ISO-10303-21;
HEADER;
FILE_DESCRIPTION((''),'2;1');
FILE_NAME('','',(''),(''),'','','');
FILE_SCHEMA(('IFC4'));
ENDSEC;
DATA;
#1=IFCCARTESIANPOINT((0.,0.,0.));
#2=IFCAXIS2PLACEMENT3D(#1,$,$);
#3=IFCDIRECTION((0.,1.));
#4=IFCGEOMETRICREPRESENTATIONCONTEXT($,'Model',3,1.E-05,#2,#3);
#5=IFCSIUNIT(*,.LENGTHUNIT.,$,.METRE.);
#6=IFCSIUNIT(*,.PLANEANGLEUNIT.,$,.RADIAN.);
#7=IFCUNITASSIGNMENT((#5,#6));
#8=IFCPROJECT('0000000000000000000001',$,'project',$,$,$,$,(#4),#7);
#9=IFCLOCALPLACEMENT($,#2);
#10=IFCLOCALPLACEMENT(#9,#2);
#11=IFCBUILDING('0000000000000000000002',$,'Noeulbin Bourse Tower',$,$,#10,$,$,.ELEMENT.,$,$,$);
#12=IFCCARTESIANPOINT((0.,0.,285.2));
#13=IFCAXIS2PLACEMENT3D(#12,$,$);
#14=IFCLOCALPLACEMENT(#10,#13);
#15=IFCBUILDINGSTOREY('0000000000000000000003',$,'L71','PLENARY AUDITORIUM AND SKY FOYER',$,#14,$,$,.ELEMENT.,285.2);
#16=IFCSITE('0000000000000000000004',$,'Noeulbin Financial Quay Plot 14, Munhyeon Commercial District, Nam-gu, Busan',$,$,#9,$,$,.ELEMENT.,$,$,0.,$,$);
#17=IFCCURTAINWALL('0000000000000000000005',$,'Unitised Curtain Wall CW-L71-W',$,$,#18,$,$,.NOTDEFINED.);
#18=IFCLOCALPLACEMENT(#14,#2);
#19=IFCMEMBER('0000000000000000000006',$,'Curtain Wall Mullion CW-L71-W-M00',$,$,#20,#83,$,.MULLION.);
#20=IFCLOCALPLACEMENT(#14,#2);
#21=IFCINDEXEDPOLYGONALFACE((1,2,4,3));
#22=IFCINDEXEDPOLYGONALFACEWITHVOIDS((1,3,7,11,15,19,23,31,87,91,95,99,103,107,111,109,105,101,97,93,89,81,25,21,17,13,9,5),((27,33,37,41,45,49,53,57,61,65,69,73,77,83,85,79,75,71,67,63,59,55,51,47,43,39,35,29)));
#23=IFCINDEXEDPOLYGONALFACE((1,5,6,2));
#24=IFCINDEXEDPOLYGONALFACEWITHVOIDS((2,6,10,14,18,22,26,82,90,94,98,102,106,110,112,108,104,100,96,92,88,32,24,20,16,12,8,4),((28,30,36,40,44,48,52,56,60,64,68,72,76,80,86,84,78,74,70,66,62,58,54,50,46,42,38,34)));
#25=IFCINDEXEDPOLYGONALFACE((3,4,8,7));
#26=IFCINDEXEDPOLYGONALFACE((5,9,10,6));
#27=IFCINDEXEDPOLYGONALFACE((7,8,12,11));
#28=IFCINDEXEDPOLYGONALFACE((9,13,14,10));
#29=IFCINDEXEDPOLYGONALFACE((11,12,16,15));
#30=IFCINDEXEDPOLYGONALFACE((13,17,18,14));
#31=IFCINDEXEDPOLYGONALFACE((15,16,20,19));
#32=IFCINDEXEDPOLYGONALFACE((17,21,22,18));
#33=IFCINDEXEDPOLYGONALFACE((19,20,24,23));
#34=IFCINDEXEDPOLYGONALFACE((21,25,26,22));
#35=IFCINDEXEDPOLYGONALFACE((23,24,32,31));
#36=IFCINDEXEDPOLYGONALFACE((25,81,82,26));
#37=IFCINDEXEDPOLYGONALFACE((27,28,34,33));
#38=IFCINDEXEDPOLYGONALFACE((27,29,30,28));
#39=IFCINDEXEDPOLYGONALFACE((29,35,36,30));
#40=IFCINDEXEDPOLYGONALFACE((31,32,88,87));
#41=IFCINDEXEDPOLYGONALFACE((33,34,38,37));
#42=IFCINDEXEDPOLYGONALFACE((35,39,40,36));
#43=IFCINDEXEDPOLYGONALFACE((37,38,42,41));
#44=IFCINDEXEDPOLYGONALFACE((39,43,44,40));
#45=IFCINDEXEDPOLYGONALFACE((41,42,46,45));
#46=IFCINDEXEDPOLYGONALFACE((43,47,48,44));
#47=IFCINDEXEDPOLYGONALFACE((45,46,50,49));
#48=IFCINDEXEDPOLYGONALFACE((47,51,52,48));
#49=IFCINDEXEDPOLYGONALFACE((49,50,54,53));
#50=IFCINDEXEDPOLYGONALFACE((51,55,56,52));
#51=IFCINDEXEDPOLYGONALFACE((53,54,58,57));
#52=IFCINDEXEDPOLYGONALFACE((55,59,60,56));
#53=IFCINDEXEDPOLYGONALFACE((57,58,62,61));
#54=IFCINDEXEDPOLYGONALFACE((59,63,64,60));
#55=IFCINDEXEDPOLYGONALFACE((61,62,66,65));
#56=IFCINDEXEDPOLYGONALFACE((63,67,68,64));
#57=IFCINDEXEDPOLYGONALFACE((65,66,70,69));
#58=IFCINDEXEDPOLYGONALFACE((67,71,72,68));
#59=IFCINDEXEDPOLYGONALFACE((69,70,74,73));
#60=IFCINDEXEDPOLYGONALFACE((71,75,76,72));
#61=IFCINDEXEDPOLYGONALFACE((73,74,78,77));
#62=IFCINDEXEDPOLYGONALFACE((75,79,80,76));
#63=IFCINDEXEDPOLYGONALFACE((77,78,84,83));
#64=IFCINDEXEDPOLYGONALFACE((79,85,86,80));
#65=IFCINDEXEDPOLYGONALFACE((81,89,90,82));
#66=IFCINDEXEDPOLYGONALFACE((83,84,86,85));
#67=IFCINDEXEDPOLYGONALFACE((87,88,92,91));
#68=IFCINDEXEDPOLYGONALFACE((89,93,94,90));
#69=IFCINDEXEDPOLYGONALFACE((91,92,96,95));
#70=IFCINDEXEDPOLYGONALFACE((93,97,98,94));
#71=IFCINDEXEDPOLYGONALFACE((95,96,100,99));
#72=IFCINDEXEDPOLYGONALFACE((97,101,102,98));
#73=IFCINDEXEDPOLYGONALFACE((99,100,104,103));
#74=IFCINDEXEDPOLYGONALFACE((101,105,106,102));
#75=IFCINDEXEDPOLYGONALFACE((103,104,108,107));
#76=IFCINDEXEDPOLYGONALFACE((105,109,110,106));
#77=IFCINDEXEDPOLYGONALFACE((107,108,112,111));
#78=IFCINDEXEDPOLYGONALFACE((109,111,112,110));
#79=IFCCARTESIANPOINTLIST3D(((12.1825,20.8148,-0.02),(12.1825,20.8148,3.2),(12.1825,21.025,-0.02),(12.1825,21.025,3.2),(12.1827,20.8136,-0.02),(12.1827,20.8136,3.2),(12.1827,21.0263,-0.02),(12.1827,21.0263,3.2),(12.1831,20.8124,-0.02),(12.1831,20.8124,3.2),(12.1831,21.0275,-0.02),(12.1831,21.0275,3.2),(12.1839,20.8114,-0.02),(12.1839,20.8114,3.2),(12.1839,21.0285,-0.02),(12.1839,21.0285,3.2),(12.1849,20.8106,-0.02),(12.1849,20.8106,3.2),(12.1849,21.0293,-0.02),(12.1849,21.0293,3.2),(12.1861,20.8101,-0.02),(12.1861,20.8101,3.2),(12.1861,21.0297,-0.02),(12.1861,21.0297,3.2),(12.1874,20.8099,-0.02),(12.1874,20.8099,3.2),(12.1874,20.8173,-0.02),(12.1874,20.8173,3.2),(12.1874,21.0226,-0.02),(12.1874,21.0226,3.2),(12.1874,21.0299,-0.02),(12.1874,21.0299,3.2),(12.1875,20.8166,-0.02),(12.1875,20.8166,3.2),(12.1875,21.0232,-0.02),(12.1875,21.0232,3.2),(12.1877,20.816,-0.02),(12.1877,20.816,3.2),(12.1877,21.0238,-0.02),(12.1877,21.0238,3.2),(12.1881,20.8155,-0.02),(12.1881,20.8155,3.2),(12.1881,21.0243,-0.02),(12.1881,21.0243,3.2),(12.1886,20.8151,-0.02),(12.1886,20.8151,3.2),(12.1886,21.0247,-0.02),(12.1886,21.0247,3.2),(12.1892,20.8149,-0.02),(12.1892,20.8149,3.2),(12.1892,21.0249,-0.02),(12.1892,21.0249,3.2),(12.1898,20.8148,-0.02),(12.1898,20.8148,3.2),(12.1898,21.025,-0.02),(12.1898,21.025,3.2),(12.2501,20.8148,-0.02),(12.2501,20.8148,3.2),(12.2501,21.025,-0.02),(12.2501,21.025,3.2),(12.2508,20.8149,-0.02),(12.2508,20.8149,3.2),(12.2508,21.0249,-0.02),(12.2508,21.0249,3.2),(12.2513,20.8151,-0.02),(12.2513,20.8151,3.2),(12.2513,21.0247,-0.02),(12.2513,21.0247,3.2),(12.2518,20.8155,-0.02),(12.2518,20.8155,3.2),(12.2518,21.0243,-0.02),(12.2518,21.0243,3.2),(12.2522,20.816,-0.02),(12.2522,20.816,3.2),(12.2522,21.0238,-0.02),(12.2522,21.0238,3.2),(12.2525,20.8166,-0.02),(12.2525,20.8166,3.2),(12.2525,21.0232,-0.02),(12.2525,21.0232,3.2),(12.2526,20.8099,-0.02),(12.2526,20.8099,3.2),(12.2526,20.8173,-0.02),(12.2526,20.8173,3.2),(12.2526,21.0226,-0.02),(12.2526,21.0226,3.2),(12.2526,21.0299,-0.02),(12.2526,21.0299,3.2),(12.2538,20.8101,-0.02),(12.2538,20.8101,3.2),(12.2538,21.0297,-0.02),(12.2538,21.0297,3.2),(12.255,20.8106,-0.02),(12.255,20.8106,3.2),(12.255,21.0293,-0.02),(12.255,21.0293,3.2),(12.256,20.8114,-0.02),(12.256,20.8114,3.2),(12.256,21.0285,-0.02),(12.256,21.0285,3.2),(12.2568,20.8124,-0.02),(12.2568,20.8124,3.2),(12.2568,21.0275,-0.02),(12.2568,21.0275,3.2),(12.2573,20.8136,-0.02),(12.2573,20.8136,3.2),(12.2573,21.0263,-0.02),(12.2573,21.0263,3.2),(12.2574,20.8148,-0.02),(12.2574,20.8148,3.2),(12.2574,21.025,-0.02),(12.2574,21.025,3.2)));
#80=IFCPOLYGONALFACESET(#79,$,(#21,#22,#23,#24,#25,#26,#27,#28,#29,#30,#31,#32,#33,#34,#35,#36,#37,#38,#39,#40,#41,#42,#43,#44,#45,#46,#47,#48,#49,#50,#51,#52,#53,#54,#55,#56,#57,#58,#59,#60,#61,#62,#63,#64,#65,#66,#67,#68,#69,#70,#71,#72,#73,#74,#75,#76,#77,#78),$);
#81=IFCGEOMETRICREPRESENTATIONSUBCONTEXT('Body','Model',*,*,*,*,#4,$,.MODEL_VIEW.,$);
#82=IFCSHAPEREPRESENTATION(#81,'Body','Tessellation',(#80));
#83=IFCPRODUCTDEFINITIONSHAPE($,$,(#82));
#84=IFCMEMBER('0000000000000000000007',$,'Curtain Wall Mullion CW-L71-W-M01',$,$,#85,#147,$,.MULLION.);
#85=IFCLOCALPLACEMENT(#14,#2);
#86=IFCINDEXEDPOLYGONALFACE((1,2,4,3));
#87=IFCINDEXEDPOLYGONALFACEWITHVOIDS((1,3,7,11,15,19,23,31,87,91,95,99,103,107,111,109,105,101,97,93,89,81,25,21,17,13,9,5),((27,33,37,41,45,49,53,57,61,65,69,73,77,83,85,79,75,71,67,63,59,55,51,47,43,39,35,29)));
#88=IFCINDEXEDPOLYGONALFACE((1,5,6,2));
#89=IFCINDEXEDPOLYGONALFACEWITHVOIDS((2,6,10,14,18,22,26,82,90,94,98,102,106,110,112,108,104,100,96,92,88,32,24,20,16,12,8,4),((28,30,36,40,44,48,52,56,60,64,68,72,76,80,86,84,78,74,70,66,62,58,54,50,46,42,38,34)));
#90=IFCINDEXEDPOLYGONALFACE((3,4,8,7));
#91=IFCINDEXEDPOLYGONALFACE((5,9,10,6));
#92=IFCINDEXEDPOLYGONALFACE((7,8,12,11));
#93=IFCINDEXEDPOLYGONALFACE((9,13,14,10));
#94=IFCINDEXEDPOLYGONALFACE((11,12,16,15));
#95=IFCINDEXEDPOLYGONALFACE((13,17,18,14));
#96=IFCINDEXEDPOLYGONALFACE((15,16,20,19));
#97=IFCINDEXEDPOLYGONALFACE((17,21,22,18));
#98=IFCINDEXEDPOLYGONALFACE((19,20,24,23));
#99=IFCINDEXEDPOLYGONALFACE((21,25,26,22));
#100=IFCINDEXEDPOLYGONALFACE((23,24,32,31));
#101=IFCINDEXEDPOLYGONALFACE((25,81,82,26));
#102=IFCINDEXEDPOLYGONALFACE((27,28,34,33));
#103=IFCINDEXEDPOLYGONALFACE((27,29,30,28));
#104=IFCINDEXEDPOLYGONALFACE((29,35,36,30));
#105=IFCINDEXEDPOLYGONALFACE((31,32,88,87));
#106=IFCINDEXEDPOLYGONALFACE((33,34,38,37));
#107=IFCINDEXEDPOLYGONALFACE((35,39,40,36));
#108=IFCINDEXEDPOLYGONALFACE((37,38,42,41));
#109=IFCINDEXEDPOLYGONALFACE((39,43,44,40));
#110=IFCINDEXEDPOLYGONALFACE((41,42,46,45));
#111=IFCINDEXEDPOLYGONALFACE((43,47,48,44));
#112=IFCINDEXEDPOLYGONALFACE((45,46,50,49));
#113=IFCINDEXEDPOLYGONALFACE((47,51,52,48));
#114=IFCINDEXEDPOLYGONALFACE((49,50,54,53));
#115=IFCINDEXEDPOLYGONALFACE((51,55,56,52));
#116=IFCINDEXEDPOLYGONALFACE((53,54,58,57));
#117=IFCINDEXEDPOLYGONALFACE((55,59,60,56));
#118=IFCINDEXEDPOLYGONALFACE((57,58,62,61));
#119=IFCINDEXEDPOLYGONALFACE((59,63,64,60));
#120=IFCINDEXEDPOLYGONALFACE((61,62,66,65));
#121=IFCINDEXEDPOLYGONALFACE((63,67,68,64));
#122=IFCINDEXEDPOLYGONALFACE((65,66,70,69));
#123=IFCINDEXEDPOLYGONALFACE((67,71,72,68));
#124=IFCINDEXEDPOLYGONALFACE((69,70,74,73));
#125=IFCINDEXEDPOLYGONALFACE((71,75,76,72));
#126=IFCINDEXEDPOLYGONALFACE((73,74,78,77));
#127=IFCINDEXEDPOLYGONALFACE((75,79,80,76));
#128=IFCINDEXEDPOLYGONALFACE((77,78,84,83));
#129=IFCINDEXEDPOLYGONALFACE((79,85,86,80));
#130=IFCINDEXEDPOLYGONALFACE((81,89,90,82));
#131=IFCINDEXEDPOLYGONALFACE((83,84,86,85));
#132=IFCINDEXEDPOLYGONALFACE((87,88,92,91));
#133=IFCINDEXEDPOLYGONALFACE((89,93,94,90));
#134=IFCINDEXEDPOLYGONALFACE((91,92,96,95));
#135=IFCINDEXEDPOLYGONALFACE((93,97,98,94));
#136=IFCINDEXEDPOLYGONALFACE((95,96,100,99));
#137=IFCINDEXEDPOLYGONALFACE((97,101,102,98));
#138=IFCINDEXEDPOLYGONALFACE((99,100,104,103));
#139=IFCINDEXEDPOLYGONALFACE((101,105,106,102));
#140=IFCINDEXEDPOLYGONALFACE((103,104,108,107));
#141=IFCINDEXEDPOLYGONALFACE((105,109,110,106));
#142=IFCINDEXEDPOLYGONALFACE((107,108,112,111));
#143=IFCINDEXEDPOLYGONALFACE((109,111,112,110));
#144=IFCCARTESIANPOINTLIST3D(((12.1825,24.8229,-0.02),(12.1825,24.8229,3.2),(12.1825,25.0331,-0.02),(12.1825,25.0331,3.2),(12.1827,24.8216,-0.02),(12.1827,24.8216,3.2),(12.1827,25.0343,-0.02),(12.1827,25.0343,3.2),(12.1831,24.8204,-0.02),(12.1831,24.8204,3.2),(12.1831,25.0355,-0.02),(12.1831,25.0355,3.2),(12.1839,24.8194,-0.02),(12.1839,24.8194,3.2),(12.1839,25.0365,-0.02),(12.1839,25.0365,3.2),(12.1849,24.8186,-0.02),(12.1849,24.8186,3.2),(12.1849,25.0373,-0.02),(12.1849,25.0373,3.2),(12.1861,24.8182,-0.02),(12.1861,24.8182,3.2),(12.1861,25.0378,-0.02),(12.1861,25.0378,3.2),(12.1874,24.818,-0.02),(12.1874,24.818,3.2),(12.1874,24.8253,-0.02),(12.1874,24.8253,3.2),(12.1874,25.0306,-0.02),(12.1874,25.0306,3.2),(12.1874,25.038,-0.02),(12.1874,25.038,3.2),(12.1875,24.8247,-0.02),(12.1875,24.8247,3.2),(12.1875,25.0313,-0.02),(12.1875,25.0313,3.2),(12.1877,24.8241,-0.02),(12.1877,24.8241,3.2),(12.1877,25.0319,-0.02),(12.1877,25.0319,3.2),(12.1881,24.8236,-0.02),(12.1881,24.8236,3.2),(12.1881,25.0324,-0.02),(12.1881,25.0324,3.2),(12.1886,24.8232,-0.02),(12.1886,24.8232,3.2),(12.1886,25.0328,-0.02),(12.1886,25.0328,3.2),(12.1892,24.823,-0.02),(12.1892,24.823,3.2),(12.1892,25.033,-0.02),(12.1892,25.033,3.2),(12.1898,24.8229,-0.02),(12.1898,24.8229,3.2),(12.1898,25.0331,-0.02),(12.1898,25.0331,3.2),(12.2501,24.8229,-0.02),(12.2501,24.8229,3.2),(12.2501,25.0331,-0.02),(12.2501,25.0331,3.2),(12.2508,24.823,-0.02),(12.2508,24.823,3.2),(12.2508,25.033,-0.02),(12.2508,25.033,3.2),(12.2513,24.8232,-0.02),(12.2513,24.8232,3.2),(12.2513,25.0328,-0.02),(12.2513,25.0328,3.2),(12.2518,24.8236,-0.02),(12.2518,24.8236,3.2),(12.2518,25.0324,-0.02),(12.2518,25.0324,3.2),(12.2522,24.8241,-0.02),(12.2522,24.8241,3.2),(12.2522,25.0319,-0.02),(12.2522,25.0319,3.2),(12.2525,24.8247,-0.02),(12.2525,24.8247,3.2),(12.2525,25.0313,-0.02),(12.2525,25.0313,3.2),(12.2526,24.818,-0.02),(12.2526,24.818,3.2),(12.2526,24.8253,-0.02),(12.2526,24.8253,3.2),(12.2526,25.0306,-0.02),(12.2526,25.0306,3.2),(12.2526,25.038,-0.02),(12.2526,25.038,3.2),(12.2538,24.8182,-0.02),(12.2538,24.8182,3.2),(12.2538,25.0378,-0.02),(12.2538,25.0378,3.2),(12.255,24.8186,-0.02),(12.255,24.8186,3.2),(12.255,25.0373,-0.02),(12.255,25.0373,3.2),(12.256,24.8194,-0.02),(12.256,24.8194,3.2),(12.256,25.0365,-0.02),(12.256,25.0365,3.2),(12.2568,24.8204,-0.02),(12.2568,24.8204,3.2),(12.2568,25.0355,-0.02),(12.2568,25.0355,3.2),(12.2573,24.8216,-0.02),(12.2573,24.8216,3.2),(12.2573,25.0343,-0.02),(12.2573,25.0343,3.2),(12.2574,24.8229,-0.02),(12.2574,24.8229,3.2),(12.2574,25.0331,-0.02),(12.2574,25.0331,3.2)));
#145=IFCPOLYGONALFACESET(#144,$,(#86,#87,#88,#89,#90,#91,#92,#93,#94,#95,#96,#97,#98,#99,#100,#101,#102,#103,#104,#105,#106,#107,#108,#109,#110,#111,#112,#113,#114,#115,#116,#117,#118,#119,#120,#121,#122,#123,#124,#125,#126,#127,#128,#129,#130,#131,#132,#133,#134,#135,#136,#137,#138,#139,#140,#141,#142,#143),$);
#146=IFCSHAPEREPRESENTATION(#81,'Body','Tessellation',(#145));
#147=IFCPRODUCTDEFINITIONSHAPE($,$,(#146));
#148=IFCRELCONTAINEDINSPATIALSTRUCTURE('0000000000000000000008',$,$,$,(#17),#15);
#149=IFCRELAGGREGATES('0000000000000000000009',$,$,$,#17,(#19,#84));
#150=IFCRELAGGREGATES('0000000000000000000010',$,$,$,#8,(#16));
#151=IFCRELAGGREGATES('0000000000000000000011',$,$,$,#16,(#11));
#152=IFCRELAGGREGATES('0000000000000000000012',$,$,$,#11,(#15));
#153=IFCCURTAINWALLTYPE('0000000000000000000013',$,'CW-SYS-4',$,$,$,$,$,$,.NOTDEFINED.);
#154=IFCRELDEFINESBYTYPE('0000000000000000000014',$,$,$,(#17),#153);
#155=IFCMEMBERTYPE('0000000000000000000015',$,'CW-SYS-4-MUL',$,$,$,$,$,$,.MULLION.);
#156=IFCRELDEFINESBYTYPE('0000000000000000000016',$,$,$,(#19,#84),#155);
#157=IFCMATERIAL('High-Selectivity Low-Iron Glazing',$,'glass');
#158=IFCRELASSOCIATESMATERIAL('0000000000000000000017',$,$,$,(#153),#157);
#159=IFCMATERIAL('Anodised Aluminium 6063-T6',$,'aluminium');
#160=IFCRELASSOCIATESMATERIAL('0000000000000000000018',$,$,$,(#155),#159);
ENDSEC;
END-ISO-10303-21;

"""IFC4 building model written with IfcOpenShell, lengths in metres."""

from ifc_helpers import new_model, si_unit, direction, frame, origin, origin_2d, place, context, subcontext, project, spatial, hollow_rectangle, extrude, material, material_profile, profile_set, type_object, element, aggregate, save


model = new_model("IFC4")

# Units and contexts
model_context = context("Model", 3, precision=1e-05, world=origin(), true_north=direction((0.0, 1.0)))
body_context = subcontext(model_context, "Body", "Model", "MODEL_VIEW")
ifc_project = project(units=[si_unit("LENGTHUNIT", "METRE"), si_unit("PLANEANGLEUNIT", "RADIAN")], contexts=[model_context])

# Site, building, storey
site_placement = place(None, origin())
site = spatial("IfcSite", under=ifc_project, at=site_placement, Name="Noeulbin Financial Quay Plot 14, Munhyeon Commercial District, Nam-gu, Busan", CompositionType="ELEMENT", RefElevation=0.0)
building_placement = place(site_placement, origin())
building = spatial("IfcBuilding", under=site, at=building_placement, Name="Noeulbin Bourse Tower", CompositionType="ELEMENT")
storey_placement = place(building_placement, frame((0.0, 0.0, 285.2)))
storey = spatial("IfcBuildingStorey", under=building, at=storey_placement, Name="L71", Description="PLENARY AUDITORIUM AND SKY FOYER", CompositionType="ELEMENT", Elevation=285.2)

# Curtain wall, members
ifc_material_1 = material(Name="High-Selectivity Low-Iron Glazing", Category="glass")
curtain_wall_type = type_object("IfcCurtainWallType", Name="CW-SYS-4", PredefinedType="NOTDEFINED", material=ifc_material_1)
curtain_wall_placement = place(storey_placement, origin())
curtain_wall = element("IfcCurtainWall", 1, at=curtain_wall_placement, inside=storey, type_object=curtain_wall_type, Name="Unitised Curtain Wall CW-L71-W", PredefinedType="NOTDEFINED")
ifc_material_2 = material(Name="Anodised Aluminium 6063-T6", Category="aluminium")
ifc_material_profile_1 = material_profile(ifc_material_2, hollow_rectangle(XDim=0.075, YDim=0.22, WallThickness=0.0049, InnerFilletRadius=0.0024, OuterFilletRadius=0.0049, at=origin_2d()), Name="ALU-MULL-75x220x5", Category="LoadBearing")
ifc_profile_set_1 = profile_set([ifc_material_profile_1], Name="Anodised Aluminium 6063-T6")
member_type_1 = type_object("IfcMemberType", Name="CW-SYS-4-MUL", PredefinedType="MULLION", material=ifc_profile_set_1)
member_1_placement = place(storey_placement, frame((12.22, 20.9199, -0.02), z_axis=(0.0, 0.0, 1.0), x_axis=(1.0, 0.0, 0.0)))
member_1 = element("IfcMember", 2, at=member_1_placement, type_object=member_type_1, Name="Curtain Wall Mullion CW-L71-W-M00", PredefinedType="MULLION", context=body_context, shape_type="SweptSolid", body=[
    extrude(hollow_rectangle(XDim=0.075, YDim=0.22, WallThickness=0.0049, InnerFilletRadius=0.0024, OuterFilletRadius=0.0049, at=origin_2d()), origin(), (0.0, 0.0, 1.0), 3.22),
])
member_2_placement = place(storey_placement, frame((12.22, 24.928, -0.02), z_axis=(0.0, 0.0, 1.0), x_axis=(1.0, 0.0, 0.0)))
member_2 = element("IfcMember", 3, at=member_2_placement, type_object=member_type_1, Name="Curtain Wall Mullion CW-L71-W-M01", PredefinedType="MULLION", context=body_context, shape_type="SweptSolid", body=[
    extrude(hollow_rectangle(XDim=0.075, YDim=0.22, WallThickness=0.0049, InnerFilletRadius=0.0024, OuterFilletRadius=0.0049, at=origin_2d()), origin(), (0.0, 0.0, 1.0), 3.22),
])
aggregate(curtain_wall, [member_1, member_2])

save(model, "model.ifc")
